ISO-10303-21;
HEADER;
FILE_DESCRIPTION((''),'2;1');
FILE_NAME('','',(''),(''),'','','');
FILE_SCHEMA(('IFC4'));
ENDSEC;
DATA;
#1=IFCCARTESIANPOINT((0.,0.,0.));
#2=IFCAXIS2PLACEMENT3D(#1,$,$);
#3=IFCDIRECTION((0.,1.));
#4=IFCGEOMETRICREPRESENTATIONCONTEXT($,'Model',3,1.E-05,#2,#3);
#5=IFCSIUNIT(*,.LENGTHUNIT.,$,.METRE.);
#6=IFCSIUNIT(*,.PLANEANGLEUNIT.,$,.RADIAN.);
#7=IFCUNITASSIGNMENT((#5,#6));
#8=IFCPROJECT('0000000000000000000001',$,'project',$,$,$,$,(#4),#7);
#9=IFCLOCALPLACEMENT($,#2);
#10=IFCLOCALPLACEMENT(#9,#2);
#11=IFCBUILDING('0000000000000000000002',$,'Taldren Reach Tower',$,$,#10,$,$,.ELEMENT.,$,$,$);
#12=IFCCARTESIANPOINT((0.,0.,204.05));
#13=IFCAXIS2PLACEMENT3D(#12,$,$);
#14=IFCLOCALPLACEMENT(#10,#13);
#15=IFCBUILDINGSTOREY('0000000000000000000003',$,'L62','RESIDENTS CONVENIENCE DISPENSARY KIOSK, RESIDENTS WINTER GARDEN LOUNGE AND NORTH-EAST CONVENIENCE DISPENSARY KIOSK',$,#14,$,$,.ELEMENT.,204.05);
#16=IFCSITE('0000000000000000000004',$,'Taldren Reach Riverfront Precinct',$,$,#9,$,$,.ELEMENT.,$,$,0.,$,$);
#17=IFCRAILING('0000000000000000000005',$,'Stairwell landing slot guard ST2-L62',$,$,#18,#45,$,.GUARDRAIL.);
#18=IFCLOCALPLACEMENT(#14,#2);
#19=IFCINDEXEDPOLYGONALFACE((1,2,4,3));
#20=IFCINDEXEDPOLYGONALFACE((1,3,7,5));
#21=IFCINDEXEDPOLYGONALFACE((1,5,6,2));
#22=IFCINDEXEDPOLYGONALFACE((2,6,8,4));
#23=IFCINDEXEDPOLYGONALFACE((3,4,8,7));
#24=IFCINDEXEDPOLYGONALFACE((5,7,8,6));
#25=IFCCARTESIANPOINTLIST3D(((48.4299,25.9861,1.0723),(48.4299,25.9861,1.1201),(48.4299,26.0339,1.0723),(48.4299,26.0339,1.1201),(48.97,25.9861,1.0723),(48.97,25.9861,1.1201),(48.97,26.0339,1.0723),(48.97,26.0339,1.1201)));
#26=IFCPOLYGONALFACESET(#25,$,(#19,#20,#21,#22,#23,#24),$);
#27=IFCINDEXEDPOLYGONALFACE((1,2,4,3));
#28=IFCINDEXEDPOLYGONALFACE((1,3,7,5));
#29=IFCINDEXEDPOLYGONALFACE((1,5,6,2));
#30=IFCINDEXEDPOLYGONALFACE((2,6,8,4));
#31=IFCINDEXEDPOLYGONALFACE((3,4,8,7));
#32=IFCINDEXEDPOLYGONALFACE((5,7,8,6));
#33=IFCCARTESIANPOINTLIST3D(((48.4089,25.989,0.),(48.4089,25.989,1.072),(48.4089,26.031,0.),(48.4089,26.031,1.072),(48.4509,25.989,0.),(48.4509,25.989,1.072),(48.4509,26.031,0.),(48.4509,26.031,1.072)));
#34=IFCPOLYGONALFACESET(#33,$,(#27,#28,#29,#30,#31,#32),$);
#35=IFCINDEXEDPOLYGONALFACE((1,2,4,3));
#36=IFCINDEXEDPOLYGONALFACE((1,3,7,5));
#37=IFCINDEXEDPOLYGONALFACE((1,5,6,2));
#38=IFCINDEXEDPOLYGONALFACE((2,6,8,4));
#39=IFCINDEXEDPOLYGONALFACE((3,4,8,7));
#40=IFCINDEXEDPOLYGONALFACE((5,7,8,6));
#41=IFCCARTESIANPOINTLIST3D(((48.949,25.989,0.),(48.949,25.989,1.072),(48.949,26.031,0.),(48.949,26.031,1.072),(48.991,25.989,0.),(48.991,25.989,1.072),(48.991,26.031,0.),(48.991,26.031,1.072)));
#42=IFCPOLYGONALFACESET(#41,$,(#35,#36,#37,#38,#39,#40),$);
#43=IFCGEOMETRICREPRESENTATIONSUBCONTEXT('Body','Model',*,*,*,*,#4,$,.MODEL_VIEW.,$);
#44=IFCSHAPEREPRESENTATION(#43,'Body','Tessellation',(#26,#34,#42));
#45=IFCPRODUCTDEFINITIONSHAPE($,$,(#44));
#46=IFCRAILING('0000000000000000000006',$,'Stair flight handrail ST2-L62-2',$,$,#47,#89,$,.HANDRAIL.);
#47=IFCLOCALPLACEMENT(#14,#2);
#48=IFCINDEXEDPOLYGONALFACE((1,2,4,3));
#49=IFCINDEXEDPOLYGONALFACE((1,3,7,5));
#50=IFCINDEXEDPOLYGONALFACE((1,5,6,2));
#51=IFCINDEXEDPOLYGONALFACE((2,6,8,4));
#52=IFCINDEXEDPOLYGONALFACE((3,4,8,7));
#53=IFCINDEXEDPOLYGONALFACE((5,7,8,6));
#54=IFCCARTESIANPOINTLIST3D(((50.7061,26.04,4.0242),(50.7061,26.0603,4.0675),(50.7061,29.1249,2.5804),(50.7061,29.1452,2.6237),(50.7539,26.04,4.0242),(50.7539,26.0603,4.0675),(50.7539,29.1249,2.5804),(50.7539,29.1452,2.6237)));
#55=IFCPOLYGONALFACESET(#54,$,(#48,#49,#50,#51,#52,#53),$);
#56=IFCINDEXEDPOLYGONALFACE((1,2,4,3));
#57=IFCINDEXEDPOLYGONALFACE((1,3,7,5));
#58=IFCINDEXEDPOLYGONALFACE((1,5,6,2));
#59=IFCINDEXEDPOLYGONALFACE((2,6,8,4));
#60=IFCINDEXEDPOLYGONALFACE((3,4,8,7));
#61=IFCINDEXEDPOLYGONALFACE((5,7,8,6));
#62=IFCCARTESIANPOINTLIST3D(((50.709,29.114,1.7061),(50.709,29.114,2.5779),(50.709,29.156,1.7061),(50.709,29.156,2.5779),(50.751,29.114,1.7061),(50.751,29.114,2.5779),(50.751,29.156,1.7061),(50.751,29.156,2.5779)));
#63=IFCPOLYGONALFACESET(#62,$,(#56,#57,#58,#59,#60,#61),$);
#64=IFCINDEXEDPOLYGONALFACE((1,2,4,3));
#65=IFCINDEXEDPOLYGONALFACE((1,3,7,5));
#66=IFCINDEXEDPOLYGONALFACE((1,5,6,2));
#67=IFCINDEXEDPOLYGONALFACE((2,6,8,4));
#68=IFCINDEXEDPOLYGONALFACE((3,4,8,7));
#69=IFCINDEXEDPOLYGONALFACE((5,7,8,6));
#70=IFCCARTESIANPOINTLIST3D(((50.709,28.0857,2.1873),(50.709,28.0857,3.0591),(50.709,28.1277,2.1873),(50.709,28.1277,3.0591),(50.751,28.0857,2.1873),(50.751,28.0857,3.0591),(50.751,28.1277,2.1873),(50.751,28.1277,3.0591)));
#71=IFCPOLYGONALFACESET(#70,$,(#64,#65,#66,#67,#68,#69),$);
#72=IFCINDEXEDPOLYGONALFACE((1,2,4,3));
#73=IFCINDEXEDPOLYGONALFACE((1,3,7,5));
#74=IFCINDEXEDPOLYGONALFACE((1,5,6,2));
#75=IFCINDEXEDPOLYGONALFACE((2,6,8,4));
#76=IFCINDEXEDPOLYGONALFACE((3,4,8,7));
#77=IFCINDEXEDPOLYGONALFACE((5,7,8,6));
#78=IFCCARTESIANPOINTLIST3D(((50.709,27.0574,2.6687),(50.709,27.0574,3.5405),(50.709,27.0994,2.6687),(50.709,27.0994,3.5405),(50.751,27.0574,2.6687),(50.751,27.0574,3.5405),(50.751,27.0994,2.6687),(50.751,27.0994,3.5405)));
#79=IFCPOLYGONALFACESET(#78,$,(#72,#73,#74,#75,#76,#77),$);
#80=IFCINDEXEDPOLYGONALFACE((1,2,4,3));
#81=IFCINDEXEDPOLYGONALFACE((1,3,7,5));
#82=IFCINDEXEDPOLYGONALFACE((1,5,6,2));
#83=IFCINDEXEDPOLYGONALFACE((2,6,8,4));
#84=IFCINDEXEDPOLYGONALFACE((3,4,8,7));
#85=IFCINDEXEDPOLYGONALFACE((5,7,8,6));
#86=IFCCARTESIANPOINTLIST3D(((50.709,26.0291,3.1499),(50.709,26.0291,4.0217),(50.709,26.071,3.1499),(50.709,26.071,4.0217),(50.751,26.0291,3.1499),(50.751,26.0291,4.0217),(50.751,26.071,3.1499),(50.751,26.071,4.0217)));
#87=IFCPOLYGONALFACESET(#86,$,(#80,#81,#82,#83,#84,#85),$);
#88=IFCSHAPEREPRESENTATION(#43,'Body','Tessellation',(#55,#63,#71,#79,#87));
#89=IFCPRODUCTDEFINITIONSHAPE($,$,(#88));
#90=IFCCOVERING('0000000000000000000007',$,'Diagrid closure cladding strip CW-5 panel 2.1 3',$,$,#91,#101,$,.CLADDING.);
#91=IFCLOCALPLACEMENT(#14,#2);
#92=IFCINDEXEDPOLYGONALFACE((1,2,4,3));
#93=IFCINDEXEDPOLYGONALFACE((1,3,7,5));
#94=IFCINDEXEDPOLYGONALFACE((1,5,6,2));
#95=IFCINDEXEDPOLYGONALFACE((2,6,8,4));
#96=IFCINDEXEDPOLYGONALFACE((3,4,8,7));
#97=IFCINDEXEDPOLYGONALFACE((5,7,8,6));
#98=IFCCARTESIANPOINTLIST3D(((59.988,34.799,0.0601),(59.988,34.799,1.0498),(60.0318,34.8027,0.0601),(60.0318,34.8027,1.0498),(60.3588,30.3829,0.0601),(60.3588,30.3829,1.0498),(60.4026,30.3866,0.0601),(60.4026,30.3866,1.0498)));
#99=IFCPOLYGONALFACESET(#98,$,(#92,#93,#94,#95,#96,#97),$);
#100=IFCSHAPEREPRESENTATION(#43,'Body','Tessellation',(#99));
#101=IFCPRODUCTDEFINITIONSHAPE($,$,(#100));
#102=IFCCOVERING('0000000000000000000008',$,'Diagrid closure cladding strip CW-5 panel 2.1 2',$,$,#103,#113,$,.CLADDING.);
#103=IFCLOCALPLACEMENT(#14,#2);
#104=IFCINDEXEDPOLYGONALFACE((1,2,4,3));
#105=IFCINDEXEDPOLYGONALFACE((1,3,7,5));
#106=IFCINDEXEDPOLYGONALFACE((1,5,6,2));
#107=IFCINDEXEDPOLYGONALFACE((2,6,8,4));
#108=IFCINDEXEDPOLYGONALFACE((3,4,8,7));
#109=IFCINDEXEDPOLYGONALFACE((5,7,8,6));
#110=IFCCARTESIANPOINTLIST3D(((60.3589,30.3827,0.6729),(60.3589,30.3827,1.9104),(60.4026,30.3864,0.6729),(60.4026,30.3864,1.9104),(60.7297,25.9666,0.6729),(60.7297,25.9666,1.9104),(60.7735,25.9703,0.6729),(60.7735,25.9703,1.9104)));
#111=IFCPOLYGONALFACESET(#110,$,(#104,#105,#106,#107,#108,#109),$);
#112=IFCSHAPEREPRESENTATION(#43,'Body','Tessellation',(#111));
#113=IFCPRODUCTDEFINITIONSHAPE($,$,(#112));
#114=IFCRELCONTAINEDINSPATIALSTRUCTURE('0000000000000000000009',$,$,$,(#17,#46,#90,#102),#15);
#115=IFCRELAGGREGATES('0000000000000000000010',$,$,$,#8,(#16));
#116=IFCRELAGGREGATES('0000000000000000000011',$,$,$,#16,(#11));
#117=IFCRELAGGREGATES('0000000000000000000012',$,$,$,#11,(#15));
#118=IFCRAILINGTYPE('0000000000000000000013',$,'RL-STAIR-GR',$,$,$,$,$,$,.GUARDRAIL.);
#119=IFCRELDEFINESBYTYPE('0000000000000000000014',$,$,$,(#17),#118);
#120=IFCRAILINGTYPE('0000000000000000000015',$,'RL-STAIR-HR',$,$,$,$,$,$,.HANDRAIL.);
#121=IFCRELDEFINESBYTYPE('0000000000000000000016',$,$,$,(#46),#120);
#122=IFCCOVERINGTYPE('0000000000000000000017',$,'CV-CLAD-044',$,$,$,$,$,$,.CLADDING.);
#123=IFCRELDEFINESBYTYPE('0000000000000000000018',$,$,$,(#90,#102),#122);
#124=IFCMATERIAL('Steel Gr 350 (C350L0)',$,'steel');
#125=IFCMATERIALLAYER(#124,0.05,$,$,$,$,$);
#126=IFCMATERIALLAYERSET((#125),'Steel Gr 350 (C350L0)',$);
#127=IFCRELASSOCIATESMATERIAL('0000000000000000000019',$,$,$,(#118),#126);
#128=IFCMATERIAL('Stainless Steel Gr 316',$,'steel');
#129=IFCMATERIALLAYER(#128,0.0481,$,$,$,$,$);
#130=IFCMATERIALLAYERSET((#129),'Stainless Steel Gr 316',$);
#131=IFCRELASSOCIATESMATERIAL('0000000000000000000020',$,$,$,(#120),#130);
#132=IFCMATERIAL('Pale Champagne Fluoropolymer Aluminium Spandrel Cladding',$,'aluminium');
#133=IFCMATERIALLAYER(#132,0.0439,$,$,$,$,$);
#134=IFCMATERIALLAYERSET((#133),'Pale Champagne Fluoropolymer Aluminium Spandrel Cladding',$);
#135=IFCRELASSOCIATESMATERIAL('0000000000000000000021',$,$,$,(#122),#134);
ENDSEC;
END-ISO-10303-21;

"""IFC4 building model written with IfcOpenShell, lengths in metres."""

from ifc_helpers import new_model, si_unit, direction, frame, origin, origin_2d, place, context, subcontext, project, spatial, rectangle, extrude, source, transform, mapped, material, layer, layer_set, type_object, element, save


model = new_model("IFC4")

# Units and contexts
model_context = context("Model", 3, precision=1e-05, world=origin(), true_north=direction((0.0, 1.0)))
body_context = subcontext(model_context, "Body", "Model", "MODEL_VIEW")
ifc_project = project(units=[si_unit("LENGTHUNIT", "METRE"), si_unit("PLANEANGLEUNIT", "RADIAN")], contexts=[model_context])

# Site, building, storey
site_placement = place(None, origin())
site = spatial("IfcSite", under=ifc_project, at=site_placement, Name="Taldren Reach Riverfront Precinct", CompositionType="ELEMENT", RefElevation=0.0)
building_placement = place(site_placement, origin())
building = spatial("IfcBuilding", under=site, at=building_placement, Name="Taldren Reach Tower", CompositionType="ELEMENT")
storey_placement = place(building_placement, frame((0.0, 0.0, 204.05)))
storey = spatial("IfcBuildingStorey", under=building, at=storey_placement, Name="L62", Description="RESIDENTS CONVENIENCE DISPENSARY KIOSK, RESIDENTS WINTER GARDEN LOUNGE AND NORTH-EAST CONVENIENCE DISPENSARY KIOSK", CompositionType="ELEMENT", Elevation=204.05)

# Shared definitions
ifc_material_1 = material(Name="Steel Gr 350 (C350L0)", Category="steel")

# Railings
ifc_layer_1 = layer(ifc_material_1, 0.05)
ifc_layer_set_1 = layer_set([ifc_layer_1], Name="Steel Gr 350 (C350L0)")
railing_type_1 = type_object("IfcRailingType", Name="RL-STAIR-GR", PredefinedType="GUARDRAIL", material=ifc_layer_set_1)
railing_1_placement = place(storey_placement, frame((48.4299, 26.01, 0.0)))
element("IfcRailing", 1, at=railing_1_placement, inside=storey, type_object=railing_type_1, Name="Stairwell landing slot guard ST2-L62", PredefinedType="GUARDRAIL", context=body_context, shape_type="SweptSolid", body=[
    extrude(rectangle(XDim=0.0479, YDim=0.0479, at=origin_2d()), frame((0.0, 0.0, 1.0962), z_axis=(1.0, 0.0, 0.0), x_axis=(0.0, 1.0, 0.0)), (0.0, 0.0, 1.0), 0.54),
    extrude(rectangle(XDim=0.042, YDim=0.042, at=origin_2d()), origin(), (0.0, 0.0, 1.0), 1.072),
    extrude(rectangle(XDim=0.042, YDim=0.042, at=origin_2d()), frame((0.54, 0.0, 0.0)), (0.0, 0.0, 1.0), 1.072),
])
ifc_material_2 = material(Name="Stainless Steel Gr 316", Category="steel")
ifc_layer_2 = layer(ifc_material_2, 0.0481)
ifc_layer_set_2 = layer_set([ifc_layer_2], Name="Stainless Steel Gr 316")
railing_type_2 = type_object("IfcRailingType", Name="RL-STAIR-HR", PredefinedType="HANDRAIL", material=ifc_layer_set_2)
railing_2_placement = place(storey_placement, frame((50.73, 29.135, 1.7061)))
element("IfcRailing", 2, at=railing_2_placement, inside=storey, type_object=railing_type_2, Name="Stair flight handrail ST2-L62-2", PredefinedType="HANDRAIL", context=body_context, shape_type="SweptSolid", body=[
    extrude(rectangle(XDim=0.0479, YDim=0.0479, at=origin_2d()), frame((0.0, 0.0, 0.896), z_axis=(0.0, -0.90571, 0.423898), x_axis=(1.0, 0.0, 0.0)), (0.0, 0.0, 1.0), 3.406),
    extrude(rectangle(XDim=0.042, YDim=0.042, at=origin_2d()), origin(), (0.0, 0.0, 1.0), 0.8718),
    extrude(rectangle(XDim=0.042, YDim=0.042, at=origin_2d()), frame((0.0, -1.0283, 0.4812)), (0.0, 0.0, 1.0), 0.8718),
    extrude(rectangle(XDim=0.042, YDim=0.042, at=origin_2d()), frame((0.0, -2.0566, 0.9626)), (0.0, 0.0, 1.0), 0.8718),
    extrude(rectangle(XDim=0.042, YDim=0.042, at=origin_2d()), frame((0.0, -3.085, 1.4438)), (0.0, 0.0, 1.0), 0.8718),
])

# Coverings
ifc_material_3 = material(Name="Pale Champagne Fluoropolymer Aluminium Spandrel Cladding", Category="aluminium")
ifc_layer_3 = layer(ifc_material_3, 0.0439)
ifc_layer_set_3 = layer_set([ifc_layer_3], Name="Pale Champagne Fluoropolymer Aluminium Spandrel Cladding")
covering_type = type_object("IfcCoveringType", Name="CV-CLAD-044", PredefinedType="CLADDING", material=ifc_layer_set_3)
shared_shape_1 = source(origin(), body_context, "Body", "SweptSolid", [
    extrude(rectangle(XDim=4.4316, YDim=0.0439, at=origin_2d()), origin(), (0.0, 0.0, 1.0), 0.9897),
])
covering_1_placement = place(storey_placement, frame((60.1953, 32.5928, 0.0601), z_axis=(0.0, 0.0, 1.0), x_axis=(-0.083678, 0.996493, 0.0)))
element("IfcCovering", 3, at=covering_1_placement, inside=storey, type_object=covering_type, Name="Diagrid closure cladding strip CW-5 panel 2.1 3", PredefinedType="CLADDING", context=body_context, shape_type="MappedRepresentation", body=[
    mapped(shared_shape_1, transform((0.0, 0.0, 0.0), scale=1.0)),
])
shared_shape_2 = source(origin(), body_context, "Body", "SweptSolid", [
    extrude(rectangle(XDim=4.4316, YDim=0.0439, at=origin_2d()), origin(), (0.0, 0.0, 1.0), 1.2375),
])
covering_2_placement = place(storey_placement, frame((60.5662, 28.1765, 0.6729), z_axis=(0.0, 0.0, 1.0), x_axis=(-0.083678, 0.996493, 0.0)))
element("IfcCovering", 4, at=covering_2_placement, inside=storey, type_object=covering_type, Name="Diagrid closure cladding strip CW-5 panel 2.1 2", PredefinedType="CLADDING", context=body_context, shape_type="MappedRepresentation", body=[
    mapped(shared_shape_2, transform((0.0, 0.0, 0.0), scale=1.0)),
])

save(model, "model.ifc")
